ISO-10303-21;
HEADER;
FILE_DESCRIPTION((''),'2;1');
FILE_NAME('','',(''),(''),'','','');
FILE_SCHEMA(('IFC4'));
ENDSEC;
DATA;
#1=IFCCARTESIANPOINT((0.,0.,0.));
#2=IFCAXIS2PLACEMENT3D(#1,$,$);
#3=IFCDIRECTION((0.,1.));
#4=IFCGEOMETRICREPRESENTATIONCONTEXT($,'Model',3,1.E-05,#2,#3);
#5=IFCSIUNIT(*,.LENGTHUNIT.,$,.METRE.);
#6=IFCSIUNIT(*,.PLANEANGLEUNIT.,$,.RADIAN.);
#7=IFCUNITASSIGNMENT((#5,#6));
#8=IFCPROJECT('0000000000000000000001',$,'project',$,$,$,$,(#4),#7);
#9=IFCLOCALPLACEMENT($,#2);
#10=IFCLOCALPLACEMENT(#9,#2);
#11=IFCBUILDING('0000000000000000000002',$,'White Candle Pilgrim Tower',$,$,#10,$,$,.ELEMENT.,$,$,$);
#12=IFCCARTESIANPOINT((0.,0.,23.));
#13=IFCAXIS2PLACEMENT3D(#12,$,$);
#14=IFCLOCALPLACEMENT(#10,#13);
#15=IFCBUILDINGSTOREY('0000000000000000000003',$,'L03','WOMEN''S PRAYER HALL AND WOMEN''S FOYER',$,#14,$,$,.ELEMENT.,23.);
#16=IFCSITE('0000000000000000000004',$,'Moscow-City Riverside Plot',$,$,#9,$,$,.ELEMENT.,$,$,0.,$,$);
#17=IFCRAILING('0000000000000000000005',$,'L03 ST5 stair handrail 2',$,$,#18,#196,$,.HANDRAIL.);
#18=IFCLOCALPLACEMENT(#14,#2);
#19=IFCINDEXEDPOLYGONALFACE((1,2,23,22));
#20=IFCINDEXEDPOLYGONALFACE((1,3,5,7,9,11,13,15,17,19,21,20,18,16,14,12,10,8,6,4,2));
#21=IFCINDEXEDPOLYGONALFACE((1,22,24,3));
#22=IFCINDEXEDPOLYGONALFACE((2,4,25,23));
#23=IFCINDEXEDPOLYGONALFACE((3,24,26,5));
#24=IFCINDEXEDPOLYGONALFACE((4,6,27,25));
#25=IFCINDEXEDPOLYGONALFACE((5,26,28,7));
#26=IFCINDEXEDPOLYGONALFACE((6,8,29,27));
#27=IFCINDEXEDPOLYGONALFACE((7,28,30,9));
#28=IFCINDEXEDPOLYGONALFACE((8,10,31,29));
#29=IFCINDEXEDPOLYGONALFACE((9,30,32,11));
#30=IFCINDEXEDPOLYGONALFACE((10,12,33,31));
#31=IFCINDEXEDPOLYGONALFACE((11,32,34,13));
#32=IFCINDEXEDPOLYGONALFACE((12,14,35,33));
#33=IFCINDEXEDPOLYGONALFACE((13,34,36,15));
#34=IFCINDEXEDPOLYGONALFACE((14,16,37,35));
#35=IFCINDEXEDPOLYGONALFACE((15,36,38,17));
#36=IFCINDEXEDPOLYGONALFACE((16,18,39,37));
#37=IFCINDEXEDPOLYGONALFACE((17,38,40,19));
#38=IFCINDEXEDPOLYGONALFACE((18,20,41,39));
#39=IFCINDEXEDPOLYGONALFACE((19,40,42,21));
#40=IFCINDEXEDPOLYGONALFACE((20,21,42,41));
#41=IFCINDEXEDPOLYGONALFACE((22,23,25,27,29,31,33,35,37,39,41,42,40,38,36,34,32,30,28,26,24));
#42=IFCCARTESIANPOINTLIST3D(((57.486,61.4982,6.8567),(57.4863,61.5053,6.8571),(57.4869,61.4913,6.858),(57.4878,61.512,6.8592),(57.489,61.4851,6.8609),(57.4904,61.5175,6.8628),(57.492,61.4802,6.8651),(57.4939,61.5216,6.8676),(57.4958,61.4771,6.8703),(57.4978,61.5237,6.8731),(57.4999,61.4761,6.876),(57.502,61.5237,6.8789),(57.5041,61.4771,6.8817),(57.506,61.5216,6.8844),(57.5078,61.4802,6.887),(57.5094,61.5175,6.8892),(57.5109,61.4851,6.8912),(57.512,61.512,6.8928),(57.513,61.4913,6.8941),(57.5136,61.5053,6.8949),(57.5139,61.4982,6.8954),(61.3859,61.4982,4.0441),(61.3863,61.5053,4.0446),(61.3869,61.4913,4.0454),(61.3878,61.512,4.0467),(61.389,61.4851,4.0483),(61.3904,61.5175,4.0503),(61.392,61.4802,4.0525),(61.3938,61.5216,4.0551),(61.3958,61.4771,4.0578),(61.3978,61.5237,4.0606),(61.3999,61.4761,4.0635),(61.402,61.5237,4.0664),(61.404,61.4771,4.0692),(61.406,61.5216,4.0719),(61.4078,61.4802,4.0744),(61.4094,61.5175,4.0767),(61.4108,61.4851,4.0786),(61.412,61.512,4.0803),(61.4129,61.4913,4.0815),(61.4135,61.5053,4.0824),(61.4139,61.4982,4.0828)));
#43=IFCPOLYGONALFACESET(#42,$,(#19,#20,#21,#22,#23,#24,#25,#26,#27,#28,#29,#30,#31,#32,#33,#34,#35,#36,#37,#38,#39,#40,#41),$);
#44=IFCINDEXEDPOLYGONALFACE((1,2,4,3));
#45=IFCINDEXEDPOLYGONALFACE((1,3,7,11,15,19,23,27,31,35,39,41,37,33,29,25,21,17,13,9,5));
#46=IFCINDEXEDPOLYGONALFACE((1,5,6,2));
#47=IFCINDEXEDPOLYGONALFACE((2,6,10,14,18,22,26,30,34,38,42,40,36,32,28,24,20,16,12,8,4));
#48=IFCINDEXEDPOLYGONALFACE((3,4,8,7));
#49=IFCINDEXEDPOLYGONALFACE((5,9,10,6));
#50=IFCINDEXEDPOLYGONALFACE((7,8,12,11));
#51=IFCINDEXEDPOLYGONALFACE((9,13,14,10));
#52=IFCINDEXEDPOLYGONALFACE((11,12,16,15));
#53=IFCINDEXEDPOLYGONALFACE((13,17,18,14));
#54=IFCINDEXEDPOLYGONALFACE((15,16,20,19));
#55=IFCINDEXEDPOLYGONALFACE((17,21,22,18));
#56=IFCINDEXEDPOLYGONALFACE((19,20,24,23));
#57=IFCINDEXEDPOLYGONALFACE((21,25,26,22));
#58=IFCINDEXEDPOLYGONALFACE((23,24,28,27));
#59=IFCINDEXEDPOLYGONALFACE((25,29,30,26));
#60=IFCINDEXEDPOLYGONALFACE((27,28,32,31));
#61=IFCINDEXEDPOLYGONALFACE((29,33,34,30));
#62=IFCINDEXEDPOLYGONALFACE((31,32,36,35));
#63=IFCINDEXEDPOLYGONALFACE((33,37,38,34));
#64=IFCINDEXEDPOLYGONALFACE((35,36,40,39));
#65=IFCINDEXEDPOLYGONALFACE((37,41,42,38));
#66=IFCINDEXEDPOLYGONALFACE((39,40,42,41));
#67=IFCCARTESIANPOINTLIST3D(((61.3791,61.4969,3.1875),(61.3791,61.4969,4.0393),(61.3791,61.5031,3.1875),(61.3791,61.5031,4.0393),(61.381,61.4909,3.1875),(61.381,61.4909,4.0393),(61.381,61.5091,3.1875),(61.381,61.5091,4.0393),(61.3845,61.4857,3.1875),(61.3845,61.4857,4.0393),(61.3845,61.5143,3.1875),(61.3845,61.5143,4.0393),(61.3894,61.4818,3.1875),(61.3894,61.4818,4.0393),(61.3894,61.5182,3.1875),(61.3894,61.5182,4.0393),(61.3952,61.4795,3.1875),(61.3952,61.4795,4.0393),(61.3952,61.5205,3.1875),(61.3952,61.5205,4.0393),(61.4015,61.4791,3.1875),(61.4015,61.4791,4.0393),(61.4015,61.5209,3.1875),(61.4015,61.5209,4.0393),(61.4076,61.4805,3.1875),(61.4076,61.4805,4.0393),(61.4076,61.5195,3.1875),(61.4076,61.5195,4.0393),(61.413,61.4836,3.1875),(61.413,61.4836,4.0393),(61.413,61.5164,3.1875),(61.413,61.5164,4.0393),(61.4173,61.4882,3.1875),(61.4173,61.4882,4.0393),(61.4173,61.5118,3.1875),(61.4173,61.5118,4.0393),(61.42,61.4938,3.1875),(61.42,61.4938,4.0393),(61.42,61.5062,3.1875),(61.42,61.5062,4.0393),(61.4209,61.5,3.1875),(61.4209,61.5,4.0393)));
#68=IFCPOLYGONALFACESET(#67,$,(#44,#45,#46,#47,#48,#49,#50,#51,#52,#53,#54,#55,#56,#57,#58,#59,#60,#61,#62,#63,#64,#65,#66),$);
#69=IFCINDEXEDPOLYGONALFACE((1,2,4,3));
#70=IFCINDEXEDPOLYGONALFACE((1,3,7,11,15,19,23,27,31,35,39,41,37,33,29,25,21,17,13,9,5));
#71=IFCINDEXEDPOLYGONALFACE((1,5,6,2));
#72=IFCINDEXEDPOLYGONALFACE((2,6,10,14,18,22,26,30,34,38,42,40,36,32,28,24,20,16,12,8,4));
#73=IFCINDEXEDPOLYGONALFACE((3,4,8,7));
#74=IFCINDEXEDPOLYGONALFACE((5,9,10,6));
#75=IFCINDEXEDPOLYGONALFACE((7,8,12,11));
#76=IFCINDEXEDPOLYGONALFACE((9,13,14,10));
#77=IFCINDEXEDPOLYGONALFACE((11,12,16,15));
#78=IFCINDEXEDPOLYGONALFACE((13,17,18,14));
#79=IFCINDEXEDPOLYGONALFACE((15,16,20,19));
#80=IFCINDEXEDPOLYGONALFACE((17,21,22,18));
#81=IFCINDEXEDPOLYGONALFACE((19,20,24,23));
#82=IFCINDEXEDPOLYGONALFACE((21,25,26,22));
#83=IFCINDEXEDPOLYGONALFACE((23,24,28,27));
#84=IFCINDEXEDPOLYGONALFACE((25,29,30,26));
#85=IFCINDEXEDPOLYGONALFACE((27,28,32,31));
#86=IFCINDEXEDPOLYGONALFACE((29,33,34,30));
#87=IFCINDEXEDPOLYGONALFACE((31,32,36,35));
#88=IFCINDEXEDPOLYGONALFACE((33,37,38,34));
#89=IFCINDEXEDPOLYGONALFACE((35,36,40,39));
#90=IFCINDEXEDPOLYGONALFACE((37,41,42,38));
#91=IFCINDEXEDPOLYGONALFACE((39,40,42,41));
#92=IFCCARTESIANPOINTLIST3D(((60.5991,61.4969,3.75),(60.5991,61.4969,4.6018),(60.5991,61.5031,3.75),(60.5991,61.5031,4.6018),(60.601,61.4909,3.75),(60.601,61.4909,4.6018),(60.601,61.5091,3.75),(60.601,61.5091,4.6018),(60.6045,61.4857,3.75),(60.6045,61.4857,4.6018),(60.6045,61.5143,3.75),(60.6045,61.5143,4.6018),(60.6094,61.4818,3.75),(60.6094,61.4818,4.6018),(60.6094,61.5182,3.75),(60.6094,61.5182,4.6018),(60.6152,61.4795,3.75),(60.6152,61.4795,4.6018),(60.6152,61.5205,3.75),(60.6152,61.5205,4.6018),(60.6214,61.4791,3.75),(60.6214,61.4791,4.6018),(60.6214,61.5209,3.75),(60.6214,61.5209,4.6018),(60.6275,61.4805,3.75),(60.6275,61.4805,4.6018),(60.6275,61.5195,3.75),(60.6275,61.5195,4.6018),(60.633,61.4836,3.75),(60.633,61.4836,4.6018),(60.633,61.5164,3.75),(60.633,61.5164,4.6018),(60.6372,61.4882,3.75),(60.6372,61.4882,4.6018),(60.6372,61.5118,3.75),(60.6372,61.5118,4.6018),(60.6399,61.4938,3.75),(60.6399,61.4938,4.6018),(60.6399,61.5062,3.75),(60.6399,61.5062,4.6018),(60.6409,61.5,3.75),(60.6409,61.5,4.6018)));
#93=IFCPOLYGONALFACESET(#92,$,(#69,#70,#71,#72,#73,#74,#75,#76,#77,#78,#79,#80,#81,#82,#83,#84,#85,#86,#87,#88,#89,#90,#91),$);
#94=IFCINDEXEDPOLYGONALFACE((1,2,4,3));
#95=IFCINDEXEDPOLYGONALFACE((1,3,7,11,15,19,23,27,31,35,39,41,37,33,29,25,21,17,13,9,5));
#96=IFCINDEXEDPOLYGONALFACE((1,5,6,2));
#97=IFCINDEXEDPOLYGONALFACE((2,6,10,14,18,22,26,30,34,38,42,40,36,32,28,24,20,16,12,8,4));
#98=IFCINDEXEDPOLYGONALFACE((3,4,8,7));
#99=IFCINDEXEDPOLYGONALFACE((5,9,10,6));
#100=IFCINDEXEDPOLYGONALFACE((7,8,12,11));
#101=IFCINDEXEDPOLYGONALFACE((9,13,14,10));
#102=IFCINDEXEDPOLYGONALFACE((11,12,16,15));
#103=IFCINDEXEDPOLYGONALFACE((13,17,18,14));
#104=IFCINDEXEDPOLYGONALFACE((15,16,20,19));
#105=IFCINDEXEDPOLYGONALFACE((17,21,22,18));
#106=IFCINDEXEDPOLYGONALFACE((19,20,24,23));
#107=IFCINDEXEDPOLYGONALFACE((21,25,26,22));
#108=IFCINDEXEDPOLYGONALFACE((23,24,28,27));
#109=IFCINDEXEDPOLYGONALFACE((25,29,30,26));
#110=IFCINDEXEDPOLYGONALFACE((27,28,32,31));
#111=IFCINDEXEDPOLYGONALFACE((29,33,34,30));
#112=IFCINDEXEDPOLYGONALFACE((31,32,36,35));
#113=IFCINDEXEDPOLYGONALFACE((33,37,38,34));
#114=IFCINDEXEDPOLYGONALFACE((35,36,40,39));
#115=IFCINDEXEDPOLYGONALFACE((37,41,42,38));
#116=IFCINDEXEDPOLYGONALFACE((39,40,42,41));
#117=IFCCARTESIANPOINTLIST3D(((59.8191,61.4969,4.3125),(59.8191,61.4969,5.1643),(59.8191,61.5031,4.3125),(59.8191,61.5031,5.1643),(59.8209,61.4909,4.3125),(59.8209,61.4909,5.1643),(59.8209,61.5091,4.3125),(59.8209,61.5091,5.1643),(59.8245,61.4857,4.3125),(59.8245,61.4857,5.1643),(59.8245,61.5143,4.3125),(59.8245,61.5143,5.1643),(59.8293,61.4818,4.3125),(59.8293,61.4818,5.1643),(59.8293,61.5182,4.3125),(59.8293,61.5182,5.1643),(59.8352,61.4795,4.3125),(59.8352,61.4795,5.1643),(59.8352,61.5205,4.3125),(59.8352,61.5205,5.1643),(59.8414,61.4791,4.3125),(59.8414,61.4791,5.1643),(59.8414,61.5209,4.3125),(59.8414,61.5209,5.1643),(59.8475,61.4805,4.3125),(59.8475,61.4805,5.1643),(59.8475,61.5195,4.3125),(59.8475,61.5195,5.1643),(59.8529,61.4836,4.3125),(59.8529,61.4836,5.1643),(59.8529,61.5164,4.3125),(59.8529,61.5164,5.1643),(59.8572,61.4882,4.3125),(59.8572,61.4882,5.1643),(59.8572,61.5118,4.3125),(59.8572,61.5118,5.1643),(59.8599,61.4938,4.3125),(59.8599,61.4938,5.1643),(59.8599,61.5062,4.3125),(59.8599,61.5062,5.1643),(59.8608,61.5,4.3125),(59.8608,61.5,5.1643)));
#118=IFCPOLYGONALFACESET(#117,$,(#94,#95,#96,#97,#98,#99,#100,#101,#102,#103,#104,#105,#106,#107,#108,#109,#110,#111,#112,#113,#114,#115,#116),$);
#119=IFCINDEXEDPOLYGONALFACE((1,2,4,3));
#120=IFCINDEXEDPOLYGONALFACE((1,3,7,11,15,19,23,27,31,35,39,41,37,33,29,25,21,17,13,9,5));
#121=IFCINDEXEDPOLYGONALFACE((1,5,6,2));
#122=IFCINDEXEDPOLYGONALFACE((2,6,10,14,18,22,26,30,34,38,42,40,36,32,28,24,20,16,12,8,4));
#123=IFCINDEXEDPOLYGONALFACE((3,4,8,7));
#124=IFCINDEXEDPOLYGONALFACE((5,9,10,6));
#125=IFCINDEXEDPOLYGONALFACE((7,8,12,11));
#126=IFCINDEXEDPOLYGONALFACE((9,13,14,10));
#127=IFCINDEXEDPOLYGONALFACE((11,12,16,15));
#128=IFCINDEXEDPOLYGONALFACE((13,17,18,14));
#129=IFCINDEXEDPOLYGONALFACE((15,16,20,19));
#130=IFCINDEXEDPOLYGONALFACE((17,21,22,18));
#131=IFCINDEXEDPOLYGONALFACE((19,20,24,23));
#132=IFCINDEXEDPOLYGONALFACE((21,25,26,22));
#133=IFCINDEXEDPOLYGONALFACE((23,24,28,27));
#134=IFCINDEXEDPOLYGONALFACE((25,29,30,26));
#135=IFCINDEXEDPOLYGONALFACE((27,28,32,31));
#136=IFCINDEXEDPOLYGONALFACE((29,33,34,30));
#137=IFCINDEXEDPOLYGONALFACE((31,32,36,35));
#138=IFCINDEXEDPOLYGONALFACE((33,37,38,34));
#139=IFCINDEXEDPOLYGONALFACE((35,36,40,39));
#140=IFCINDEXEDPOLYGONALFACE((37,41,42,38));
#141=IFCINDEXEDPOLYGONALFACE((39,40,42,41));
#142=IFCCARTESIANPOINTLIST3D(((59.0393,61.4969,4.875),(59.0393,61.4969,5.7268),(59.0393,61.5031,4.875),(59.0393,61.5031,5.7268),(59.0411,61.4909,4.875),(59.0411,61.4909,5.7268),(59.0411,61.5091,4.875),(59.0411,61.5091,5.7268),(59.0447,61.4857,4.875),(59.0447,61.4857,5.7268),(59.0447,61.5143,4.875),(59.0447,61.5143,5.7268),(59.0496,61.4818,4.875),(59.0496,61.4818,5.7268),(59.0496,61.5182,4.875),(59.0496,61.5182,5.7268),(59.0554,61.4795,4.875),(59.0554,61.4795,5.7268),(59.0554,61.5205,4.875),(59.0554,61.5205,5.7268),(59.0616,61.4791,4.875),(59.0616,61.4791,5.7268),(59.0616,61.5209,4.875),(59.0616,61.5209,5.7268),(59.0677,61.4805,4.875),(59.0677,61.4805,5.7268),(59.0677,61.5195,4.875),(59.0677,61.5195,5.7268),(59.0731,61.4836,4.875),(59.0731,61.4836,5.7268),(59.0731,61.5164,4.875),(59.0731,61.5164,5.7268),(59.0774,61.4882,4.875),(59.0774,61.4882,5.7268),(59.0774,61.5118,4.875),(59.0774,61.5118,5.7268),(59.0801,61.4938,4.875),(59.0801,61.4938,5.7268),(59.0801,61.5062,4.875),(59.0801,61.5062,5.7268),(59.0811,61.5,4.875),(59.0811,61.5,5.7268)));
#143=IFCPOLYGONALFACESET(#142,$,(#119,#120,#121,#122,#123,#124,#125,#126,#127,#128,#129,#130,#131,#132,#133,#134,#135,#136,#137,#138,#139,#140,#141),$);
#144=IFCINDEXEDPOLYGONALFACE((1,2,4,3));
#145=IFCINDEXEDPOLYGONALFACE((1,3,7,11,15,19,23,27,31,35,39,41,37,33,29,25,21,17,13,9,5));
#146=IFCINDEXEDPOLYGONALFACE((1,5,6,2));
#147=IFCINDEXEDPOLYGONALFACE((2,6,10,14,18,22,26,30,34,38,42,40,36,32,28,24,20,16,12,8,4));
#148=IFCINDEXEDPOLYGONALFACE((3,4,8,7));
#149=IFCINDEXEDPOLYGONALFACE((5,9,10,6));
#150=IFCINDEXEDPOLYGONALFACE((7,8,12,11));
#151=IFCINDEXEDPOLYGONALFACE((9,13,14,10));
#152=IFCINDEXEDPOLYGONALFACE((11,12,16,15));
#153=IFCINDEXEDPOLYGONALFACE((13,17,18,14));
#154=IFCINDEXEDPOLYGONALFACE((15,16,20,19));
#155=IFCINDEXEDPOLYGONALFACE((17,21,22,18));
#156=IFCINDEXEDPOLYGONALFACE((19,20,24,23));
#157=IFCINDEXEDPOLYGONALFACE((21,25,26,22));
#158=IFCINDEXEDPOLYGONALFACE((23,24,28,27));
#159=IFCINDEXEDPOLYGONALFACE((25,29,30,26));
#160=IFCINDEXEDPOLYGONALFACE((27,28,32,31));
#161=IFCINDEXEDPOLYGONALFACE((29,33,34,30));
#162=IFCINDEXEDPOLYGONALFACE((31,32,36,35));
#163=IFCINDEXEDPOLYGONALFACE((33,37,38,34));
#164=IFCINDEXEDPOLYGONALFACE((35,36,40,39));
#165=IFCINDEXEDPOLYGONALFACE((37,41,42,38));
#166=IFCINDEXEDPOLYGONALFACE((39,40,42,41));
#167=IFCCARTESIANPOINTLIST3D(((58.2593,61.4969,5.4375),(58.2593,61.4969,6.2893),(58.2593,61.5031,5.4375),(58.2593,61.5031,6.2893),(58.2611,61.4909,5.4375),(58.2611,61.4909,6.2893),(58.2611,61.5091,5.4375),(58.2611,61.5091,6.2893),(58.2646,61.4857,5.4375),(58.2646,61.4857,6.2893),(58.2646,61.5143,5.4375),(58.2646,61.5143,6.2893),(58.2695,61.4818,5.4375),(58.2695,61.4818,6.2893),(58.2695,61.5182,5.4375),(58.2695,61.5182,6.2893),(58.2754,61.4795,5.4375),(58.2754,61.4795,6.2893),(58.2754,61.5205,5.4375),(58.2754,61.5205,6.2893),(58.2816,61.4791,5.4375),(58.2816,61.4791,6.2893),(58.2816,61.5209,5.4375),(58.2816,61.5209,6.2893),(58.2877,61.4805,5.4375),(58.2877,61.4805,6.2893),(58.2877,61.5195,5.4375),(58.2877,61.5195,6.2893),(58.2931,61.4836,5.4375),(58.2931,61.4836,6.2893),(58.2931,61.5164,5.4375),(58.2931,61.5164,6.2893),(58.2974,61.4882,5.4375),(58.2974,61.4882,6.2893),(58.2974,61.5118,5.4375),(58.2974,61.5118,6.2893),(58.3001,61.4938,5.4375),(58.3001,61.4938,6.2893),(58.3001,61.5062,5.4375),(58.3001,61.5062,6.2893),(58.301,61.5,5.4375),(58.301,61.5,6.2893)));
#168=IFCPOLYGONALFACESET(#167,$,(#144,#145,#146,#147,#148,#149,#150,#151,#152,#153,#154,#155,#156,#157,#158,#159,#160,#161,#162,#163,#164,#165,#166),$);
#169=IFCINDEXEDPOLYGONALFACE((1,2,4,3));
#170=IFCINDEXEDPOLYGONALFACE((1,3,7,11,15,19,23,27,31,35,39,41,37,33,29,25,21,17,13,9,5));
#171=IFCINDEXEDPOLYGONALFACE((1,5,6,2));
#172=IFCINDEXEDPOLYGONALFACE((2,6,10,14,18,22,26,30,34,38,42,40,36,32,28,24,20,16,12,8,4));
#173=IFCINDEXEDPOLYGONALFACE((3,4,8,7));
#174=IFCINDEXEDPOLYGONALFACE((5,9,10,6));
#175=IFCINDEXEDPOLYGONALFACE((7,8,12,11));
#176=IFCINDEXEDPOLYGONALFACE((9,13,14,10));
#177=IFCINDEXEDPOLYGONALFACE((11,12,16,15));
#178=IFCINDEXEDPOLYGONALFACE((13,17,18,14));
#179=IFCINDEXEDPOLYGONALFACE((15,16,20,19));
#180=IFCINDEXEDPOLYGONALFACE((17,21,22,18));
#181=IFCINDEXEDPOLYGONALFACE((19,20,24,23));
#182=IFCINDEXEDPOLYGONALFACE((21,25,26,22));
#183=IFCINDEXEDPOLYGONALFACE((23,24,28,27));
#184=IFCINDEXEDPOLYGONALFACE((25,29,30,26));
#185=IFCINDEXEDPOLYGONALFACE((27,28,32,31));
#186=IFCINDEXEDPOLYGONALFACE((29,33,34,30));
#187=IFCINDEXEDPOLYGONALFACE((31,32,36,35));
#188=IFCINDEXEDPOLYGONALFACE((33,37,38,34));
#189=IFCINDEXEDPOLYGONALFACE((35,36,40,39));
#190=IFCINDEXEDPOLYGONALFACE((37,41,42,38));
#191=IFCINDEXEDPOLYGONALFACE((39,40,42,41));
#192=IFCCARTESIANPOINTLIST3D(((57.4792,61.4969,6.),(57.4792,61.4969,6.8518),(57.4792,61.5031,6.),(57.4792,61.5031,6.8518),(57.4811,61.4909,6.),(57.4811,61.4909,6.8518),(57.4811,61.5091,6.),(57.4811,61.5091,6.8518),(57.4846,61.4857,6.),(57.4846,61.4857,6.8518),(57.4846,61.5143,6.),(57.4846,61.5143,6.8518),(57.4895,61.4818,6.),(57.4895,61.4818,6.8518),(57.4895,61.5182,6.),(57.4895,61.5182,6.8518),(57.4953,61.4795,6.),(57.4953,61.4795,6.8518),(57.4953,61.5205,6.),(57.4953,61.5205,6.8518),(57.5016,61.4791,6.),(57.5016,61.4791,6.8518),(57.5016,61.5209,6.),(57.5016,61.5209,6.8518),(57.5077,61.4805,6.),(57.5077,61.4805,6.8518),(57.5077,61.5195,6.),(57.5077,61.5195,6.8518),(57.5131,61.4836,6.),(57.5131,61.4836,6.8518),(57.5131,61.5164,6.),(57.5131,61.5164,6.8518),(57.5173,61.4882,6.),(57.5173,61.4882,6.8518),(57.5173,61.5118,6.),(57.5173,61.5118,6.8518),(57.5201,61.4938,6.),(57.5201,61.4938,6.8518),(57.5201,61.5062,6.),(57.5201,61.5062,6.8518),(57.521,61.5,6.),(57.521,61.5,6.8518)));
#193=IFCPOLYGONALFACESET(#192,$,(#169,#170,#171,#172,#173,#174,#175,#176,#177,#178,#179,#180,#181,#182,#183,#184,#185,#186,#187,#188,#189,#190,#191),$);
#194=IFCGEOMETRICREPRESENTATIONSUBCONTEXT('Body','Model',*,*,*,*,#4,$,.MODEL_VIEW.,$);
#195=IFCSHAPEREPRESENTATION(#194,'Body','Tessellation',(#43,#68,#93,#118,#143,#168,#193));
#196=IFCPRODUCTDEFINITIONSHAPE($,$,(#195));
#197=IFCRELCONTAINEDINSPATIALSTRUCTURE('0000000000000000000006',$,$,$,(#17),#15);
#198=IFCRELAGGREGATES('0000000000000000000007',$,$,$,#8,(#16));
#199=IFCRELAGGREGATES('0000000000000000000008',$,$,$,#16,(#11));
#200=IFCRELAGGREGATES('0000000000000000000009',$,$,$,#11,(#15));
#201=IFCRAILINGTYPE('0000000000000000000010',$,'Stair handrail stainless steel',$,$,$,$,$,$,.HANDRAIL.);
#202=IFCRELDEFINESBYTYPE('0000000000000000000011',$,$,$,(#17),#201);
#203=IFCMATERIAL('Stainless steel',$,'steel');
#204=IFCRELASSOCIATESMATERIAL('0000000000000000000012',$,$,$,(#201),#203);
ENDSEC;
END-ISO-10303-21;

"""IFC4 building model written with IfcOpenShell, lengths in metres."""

from ifc_helpers import new_model, si_unit, direction, frame, origin, origin_2d, place, context, subcontext, project, spatial, circle, extrude, material, type_object, element, save


model = new_model("IFC4")

# Units and contexts
model_context = context("Model", 3, precision=1e-05, world=origin(), true_north=direction((0.0, 1.0)))
body_context = subcontext(model_context, "Body", "Model", "MODEL_VIEW")
ifc_project = project(units=[si_unit("LENGTHUNIT", "METRE"), si_unit("PLANEANGLEUNIT", "RADIAN")], contexts=[model_context])

# Site, building, storey
site_placement = place(None, origin())
site = spatial("IfcSite", under=ifc_project, at=site_placement, Name="Moscow-City Riverside Plot", CompositionType="ELEMENT", RefElevation=0.0)
building_placement = place(site_placement, origin())
building = spatial("IfcBuilding", under=site, at=building_placement, Name="White Candle Pilgrim Tower", CompositionType="ELEMENT")
storey_placement = place(building_placement, frame((0.0, 0.0, 23.0)))
storey = spatial("IfcBuildingStorey", under=building, at=storey_placement, Name="L03", Description="WOMEN'S PRAYER HALL AND WOMEN'S FOYER", CompositionType="ELEMENT", Elevation=23.0)

# Railing
ifc_material_1 = material(Name="Stainless steel", Category="steel")
railing_type_1 = type_object("IfcRailingType", Name="Stair handrail stainless steel", PredefinedType="HANDRAIL", material=ifc_material_1)
railing_1_placement = place(storey_placement, frame((61.3999, 61.5, 3.1875)))
element("IfcRailing", 1, at=railing_1_placement, inside=storey, type_object=railing_type_1, Name="L03 ST5 stair handrail 2", PredefinedType="HANDRAIL", context=body_context, shape_type="SweptSolid", body=[
    extrude(circle(Radius=0.0239, at=origin_2d()), frame((0.0, 0.0, 0.876), z_axis=(-0.811083, 0.0, 0.584931), x_axis=(0.0, -1.0, 0.0)), (0.0, 0.0, 1.0), 4.8083),
    extrude(circle(Radius=0.021, at=origin_2d()), origin(), (0.0, 0.0, 1.0), 0.8518),
    extrude(circle(Radius=0.021, at=origin_2d()), frame((-0.78, 0.0, 0.5625)), (0.0, 0.0, 1.0), 0.8518),
    extrude(circle(Radius=0.021, at=origin_2d()), frame((-1.5601, 0.0, 1.125)), (0.0, 0.0, 1.0), 0.8518),
    extrude(circle(Radius=0.021, at=origin_2d()), frame((-2.3398, 0.0, 1.6875)), (0.0, 0.0, 1.0), 0.8518),
    extrude(circle(Radius=0.021, at=origin_2d()), frame((-3.1199, 0.0, 2.25)), (0.0, 0.0, 1.0), 0.8518),
    extrude(circle(Radius=0.021, at=origin_2d()), frame((-3.8999, 0.0, 2.8125)), (0.0, 0.0, 1.0), 0.8518),
])

save(model, "model.ifc")
